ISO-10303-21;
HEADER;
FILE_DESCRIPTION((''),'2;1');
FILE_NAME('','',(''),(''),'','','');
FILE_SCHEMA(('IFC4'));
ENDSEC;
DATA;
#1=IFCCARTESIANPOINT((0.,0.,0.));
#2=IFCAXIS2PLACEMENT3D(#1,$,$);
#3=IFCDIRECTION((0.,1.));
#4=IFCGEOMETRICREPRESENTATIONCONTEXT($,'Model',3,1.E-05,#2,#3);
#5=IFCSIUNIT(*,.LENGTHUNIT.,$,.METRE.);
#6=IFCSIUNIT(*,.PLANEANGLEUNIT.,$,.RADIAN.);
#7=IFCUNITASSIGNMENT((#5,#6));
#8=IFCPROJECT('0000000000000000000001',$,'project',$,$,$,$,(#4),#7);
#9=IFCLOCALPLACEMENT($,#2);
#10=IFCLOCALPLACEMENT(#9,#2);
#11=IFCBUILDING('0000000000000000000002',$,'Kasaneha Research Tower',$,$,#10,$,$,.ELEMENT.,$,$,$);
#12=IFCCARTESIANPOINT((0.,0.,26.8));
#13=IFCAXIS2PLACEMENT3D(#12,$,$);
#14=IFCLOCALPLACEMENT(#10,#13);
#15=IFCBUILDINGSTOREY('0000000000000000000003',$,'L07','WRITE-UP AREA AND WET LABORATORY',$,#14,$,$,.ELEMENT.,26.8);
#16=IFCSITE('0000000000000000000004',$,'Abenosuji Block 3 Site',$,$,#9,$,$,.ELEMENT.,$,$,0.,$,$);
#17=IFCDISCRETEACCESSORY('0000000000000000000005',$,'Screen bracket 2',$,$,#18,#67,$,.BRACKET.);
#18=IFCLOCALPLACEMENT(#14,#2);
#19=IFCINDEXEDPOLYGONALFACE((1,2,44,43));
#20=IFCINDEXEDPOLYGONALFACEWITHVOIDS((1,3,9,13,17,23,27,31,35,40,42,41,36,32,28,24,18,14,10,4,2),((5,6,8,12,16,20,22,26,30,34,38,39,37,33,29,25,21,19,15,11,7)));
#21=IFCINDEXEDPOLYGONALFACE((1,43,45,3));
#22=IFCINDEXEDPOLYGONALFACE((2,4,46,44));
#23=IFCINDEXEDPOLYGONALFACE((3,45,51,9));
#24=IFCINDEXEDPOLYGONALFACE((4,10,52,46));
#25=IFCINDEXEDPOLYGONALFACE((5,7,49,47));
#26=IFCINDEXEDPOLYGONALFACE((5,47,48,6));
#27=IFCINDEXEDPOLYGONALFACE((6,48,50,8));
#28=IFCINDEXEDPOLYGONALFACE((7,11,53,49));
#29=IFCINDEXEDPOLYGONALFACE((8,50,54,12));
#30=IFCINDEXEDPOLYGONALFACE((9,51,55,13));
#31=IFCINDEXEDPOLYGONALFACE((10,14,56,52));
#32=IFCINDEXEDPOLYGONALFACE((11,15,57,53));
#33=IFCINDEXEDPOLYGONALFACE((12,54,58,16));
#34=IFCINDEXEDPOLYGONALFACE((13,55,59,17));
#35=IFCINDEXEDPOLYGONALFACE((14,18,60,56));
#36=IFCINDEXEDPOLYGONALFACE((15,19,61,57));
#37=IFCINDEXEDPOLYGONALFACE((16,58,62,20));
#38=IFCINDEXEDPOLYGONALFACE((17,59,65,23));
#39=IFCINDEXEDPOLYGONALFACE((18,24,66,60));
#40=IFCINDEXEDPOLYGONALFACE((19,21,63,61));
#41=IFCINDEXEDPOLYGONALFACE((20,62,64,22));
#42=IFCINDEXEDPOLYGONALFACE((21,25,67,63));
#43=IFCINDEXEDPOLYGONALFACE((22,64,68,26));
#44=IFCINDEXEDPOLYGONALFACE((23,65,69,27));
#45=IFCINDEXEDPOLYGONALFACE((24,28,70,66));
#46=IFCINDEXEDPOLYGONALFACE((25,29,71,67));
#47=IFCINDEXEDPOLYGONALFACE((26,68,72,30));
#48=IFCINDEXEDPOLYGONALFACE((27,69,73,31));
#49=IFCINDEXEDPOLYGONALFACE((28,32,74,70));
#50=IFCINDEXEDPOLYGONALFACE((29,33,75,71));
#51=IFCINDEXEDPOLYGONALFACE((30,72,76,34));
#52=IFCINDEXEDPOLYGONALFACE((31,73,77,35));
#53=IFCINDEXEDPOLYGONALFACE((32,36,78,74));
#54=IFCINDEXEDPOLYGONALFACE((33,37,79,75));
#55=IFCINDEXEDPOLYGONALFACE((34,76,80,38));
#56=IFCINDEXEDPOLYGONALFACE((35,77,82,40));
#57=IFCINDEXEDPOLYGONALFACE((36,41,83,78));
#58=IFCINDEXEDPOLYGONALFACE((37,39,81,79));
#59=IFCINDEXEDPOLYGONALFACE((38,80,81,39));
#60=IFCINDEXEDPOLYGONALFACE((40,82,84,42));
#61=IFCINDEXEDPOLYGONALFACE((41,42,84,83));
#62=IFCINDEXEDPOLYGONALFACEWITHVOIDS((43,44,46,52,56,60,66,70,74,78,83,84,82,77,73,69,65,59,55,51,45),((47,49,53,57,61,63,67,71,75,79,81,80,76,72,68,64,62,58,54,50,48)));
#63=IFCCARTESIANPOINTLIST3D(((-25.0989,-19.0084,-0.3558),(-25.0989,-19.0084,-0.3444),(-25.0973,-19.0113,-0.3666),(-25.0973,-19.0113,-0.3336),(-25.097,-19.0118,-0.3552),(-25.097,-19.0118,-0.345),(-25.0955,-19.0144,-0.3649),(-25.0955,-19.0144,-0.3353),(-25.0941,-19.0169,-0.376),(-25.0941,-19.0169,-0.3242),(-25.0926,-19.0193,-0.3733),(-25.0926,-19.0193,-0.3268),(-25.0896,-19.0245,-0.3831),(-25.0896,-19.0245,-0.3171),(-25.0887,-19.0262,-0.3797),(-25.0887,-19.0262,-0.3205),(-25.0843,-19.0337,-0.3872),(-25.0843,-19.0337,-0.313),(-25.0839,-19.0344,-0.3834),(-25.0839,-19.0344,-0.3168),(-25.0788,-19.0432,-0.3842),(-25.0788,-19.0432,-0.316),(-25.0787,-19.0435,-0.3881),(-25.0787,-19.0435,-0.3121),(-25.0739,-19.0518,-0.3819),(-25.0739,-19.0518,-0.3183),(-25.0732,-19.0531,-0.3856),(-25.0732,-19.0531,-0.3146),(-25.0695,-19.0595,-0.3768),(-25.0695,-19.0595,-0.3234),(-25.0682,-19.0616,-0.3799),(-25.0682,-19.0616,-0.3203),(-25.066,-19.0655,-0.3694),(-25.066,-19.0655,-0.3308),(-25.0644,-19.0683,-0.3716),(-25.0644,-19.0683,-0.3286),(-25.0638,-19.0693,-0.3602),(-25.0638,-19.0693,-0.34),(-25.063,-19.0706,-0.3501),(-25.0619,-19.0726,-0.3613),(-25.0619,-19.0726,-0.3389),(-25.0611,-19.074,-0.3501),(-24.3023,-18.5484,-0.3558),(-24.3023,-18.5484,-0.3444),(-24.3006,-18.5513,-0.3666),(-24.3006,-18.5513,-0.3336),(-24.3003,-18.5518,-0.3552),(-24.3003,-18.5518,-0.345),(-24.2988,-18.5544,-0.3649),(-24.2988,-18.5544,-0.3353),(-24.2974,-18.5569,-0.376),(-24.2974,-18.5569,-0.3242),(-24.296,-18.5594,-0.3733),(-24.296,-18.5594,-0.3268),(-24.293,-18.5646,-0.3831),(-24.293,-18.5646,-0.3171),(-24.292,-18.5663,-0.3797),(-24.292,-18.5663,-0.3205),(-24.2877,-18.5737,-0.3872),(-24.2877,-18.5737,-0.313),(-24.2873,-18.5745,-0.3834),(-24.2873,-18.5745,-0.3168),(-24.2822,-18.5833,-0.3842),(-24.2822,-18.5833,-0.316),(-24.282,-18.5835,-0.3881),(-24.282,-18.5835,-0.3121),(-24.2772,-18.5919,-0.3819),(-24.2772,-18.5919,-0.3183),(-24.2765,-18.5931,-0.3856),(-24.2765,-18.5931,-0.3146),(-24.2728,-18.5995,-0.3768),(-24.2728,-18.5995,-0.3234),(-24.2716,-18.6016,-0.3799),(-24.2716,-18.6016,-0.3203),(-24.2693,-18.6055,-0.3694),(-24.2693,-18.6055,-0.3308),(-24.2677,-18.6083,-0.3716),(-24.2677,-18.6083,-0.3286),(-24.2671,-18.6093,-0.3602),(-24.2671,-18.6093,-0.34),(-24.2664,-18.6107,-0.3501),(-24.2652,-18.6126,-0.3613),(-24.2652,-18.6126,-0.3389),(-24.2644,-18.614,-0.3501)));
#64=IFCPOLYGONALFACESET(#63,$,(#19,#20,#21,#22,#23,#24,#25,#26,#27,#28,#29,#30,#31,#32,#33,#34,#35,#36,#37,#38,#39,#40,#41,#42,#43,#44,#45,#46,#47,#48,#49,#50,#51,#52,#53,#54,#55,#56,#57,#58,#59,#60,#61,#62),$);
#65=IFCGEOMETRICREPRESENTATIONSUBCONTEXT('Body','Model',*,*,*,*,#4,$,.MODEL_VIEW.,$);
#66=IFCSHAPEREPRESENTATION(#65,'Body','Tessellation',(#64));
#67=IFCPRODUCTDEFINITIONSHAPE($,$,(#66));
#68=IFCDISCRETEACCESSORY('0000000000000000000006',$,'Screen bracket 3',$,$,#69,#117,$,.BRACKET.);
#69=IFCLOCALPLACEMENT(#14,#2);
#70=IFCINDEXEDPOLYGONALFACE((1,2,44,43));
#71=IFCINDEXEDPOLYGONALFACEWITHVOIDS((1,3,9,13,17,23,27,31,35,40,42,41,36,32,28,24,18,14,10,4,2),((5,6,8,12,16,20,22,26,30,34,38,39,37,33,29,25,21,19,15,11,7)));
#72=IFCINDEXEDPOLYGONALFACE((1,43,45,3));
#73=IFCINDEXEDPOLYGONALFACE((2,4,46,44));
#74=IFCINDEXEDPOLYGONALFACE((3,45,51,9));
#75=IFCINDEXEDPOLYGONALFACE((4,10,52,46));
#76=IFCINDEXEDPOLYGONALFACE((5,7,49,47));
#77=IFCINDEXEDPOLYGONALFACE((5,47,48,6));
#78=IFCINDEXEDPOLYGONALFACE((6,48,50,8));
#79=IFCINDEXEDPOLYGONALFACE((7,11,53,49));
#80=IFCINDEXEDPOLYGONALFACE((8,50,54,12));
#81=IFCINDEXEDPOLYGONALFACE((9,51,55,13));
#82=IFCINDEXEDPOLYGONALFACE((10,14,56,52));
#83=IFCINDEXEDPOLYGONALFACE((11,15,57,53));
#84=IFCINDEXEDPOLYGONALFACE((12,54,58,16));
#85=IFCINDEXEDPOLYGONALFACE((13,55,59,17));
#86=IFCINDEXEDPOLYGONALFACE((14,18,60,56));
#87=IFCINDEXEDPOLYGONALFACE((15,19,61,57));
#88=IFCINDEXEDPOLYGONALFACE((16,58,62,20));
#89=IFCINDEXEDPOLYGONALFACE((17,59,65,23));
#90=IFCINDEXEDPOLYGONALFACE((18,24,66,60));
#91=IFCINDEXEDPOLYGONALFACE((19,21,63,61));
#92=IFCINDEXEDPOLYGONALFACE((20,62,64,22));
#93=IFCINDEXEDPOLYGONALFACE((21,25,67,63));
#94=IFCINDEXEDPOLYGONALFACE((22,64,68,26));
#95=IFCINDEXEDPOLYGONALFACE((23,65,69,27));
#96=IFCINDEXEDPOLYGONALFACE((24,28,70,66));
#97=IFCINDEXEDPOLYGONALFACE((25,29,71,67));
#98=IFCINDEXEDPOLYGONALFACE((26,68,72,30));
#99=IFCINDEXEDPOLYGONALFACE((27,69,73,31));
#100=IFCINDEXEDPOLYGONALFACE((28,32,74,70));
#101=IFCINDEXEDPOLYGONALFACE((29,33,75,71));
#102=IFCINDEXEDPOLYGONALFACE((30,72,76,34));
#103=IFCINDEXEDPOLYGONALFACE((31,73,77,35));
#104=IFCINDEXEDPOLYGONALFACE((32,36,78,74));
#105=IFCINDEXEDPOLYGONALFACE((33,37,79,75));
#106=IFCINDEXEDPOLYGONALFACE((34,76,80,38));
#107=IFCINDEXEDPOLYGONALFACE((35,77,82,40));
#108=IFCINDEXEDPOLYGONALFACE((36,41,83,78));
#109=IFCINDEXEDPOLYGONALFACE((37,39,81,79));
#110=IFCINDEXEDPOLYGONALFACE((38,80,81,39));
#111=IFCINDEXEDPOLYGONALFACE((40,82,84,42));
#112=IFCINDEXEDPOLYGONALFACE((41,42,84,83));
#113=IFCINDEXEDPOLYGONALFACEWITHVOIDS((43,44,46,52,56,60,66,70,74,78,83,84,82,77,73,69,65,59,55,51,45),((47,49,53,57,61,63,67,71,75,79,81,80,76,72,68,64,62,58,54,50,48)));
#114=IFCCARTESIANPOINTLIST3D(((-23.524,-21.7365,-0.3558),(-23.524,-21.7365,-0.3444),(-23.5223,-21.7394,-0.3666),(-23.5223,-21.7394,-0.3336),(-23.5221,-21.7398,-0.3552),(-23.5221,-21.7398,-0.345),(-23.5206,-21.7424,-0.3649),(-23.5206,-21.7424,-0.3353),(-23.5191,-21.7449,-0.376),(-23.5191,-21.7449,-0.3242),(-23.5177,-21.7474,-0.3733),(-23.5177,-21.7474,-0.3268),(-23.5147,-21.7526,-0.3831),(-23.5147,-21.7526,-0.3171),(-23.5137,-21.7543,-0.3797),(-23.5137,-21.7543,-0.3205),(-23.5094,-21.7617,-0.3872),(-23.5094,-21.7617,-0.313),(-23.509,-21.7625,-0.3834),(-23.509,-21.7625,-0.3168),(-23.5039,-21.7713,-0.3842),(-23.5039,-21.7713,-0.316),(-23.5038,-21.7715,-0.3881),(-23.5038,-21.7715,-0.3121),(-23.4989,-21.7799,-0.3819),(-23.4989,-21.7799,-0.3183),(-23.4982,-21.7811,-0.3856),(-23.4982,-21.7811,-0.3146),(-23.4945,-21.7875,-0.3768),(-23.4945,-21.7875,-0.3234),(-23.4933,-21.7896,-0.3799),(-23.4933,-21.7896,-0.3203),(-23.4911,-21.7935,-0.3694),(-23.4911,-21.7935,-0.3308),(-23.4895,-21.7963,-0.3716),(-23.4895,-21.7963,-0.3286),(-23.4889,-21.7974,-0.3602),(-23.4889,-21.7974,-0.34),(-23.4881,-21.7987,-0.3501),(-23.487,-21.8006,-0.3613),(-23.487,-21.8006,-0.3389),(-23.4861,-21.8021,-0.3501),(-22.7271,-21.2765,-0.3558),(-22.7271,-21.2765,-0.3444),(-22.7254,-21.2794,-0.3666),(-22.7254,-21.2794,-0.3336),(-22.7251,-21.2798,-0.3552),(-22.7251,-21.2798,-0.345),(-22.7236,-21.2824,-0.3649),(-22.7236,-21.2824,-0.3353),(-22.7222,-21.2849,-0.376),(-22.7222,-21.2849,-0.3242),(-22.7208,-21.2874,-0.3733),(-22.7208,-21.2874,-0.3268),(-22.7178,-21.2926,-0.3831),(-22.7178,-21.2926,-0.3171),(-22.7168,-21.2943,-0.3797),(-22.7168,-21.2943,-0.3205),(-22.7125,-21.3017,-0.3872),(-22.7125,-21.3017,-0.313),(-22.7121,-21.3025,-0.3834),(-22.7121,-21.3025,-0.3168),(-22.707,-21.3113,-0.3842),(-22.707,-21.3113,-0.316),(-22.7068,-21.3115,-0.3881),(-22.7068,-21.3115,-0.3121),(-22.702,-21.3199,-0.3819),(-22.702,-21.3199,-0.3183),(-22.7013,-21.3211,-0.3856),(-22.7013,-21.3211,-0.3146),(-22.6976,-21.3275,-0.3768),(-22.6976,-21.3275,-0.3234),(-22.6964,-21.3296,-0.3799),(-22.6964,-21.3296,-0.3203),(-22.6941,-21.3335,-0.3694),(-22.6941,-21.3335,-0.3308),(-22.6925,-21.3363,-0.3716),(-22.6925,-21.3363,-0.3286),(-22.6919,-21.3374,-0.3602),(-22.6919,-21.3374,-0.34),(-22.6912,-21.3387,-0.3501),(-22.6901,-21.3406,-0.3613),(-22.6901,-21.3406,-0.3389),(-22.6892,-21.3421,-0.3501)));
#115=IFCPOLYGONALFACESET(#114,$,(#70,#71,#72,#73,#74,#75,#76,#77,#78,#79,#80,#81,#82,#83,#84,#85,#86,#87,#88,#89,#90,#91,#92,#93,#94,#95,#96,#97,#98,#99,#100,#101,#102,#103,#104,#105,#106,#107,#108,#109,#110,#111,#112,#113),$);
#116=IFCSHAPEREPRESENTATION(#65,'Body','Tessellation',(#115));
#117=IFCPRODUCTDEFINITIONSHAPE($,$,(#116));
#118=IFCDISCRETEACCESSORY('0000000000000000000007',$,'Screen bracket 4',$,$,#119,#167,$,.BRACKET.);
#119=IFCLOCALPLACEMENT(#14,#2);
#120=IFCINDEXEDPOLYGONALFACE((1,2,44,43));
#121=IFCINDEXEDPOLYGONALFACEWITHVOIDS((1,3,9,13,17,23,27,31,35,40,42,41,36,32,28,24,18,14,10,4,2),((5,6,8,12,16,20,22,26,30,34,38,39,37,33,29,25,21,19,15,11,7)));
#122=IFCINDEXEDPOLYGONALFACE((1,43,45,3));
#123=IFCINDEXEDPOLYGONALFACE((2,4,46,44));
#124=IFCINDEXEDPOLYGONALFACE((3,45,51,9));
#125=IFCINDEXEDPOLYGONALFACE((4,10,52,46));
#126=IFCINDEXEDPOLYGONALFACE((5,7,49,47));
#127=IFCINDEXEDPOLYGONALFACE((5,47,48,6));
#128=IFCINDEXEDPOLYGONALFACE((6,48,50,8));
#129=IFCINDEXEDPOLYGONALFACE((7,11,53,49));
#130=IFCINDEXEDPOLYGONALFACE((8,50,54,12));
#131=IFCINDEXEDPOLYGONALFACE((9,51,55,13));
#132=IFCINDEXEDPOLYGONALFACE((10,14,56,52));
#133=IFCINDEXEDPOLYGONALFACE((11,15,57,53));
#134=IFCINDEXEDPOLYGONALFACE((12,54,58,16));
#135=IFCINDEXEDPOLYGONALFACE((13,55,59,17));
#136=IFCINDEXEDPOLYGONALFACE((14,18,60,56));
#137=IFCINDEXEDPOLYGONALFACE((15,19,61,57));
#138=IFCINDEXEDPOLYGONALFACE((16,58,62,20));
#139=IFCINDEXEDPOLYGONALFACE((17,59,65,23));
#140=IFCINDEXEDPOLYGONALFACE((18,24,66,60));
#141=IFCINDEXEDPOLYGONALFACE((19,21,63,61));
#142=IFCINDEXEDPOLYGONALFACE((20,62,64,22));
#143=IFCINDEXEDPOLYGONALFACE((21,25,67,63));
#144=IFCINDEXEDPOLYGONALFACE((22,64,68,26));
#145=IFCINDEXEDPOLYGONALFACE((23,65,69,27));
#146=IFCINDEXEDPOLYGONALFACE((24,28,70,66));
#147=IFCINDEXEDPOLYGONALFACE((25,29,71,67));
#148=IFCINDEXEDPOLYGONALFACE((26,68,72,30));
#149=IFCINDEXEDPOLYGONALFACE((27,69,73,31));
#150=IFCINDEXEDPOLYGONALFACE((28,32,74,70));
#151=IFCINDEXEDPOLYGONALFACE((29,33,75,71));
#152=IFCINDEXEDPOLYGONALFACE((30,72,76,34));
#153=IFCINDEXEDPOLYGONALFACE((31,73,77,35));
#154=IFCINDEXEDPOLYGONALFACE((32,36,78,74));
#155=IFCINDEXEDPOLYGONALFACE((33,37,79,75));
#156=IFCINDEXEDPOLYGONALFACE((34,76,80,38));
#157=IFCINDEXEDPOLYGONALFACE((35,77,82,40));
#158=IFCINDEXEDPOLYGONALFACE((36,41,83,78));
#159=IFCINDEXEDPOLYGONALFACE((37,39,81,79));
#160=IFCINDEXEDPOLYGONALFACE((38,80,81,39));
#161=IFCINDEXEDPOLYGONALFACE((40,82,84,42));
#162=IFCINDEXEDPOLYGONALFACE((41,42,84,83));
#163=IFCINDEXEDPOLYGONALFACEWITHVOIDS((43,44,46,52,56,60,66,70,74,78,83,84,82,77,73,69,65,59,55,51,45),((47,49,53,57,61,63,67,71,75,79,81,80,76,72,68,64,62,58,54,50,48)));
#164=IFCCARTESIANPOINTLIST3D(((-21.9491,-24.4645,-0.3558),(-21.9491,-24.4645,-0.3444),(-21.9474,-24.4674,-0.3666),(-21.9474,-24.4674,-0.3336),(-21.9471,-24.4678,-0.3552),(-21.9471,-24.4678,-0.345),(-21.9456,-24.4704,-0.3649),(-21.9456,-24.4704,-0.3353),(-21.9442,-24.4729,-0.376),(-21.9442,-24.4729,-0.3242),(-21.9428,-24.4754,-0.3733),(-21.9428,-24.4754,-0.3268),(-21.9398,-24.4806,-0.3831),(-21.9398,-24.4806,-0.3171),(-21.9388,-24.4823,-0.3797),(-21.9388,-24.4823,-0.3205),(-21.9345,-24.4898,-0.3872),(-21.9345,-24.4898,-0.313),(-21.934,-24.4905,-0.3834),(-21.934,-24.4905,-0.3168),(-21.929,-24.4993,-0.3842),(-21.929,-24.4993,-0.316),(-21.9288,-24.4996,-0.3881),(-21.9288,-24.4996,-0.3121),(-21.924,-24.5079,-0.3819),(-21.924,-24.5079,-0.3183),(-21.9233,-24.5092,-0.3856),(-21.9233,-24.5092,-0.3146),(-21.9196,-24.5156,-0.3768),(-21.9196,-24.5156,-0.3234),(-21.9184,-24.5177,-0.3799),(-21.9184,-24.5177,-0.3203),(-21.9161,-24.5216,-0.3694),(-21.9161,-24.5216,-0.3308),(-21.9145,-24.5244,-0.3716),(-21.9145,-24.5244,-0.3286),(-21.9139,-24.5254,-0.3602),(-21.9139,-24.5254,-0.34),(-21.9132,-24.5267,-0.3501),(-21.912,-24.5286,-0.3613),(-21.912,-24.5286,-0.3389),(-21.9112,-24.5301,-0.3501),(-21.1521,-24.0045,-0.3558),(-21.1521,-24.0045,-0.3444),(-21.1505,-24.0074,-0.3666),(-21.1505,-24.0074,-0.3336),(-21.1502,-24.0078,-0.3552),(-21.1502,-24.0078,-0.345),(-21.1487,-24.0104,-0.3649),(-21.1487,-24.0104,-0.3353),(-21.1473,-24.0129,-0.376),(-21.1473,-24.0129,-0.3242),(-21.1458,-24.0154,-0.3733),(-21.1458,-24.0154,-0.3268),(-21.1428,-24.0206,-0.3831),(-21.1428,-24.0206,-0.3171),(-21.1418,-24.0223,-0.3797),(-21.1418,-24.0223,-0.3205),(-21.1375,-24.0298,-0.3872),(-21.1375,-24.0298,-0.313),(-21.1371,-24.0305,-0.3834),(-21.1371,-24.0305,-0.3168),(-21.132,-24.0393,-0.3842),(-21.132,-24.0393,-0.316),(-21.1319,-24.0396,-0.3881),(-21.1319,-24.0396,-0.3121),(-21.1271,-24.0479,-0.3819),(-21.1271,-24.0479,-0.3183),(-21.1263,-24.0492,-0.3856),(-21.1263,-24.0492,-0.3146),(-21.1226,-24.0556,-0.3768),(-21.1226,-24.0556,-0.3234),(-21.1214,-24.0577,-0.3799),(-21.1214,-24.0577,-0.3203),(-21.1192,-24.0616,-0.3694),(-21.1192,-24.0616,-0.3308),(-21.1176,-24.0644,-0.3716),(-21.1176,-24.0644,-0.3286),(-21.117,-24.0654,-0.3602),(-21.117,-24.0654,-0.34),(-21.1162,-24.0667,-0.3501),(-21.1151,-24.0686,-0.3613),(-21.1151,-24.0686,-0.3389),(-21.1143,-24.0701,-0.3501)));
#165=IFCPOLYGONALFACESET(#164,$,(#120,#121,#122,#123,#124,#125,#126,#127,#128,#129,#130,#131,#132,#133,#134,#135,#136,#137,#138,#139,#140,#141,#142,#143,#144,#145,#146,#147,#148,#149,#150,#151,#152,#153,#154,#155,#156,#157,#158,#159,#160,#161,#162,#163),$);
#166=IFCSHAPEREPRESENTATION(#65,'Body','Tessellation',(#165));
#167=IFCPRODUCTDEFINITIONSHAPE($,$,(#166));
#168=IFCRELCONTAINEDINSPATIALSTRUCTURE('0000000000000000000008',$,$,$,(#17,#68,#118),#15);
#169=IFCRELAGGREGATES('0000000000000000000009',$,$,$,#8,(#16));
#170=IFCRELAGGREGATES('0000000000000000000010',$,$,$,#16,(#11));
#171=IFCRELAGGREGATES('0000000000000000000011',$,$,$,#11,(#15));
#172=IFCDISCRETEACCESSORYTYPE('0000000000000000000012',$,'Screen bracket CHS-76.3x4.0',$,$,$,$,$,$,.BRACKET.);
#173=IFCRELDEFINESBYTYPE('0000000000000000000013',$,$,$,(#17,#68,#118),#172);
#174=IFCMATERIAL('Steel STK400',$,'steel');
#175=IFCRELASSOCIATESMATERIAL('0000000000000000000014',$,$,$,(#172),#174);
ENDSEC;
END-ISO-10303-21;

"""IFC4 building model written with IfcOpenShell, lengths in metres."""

from ifc_helpers import new_model, si_unit, direction, frame, origin, origin_2d, place, context, subcontext, project, spatial, hollow_circle, extrude, material, material_profile, profile_set, type_object, element, save


model = new_model("IFC4")

# Units and contexts
model_context = context("Model", 3, precision=1e-05, world=origin(), true_north=direction((0.0, 1.0)))
body_context = subcontext(model_context, "Body", "Model", "MODEL_VIEW")
ifc_project = project(units=[si_unit("LENGTHUNIT", "METRE"), si_unit("PLANEANGLEUNIT", "RADIAN")], contexts=[model_context])

# Site, building, storey
site_placement = place(None, origin())
site = spatial("IfcSite", under=ifc_project, at=site_placement, Name="Abenosuji Block 3 Site", CompositionType="ELEMENT", RefElevation=0.0)
building_placement = place(site_placement, origin())
building = spatial("IfcBuilding", under=site, at=building_placement, Name="Kasaneha Research Tower", CompositionType="ELEMENT")
storey_placement = place(building_placement, frame((0.0, 0.0, 26.8)))
storey = spatial("IfcBuildingStorey", under=building, at=storey_placement, Name="L07", Description="WRITE-UP AREA AND WET LABORATORY", CompositionType="ELEMENT", Elevation=26.8)

# Discrete accessories
ifc_material_1 = material(Name="Steel STK400", Category="steel")
ifc_material_profile_1 = material_profile(ifc_material_1, hollow_circle(Radius=0.0381, WallThickness=0.0039, at=origin_2d()), Name="CHS-76.3x4.0")
ifc_profile_set_1 = profile_set([ifc_material_profile_1], Name="Steel STK400")
discrete_accessory_type = type_object("IfcDiscreteAccessoryType", Name="Screen bracket CHS-76.3x4.0", PredefinedType="BRACKET", material=ifc_profile_set_1)
for number, where, z_axis, x_axis, name in (
    (1, (-24.2834, -18.5811, -0.3501), (-0.866013, -0.500021, 0.0), (0.500021, -0.866013, 0.0), "Screen bracket 2"),
):
    element("IfcDiscreteAccessory", number, at=place(storey_placement, frame(where, z_axis=z_axis, x_axis=x_axis)), inside=storey, type_object=discrete_accessory_type, Name=name, PredefinedType="BRACKET", context=body_context, shape_type="SweptSolid", body=[
        extrude(hollow_circle(Radius=0.0381, WallThickness=0.0039, at=origin_2d()), origin(), (0.0, 0.0, 1.0), 0.9199),
    ])
for number, where, z_axis, x_axis, name in (
    (2, (-22.7083, -21.3091, -0.3501), (-0.86608, -0.499906, 0.0), (0.499906, -0.86608, 0.0), "Screen bracket 3"),
    (3, (-21.1333, -24.0371, -0.3501), (-0.86608, -0.499906, 0.0), (0.499906, -0.86608, 0.0), "Screen bracket 4"),
):
    element("IfcDiscreteAccessory", number, at=place(storey_placement, frame(where, z_axis=z_axis, x_axis=x_axis)), inside=storey, type_object=discrete_accessory_type, Name=name, PredefinedType="BRACKET", context=body_context, shape_type="SweptSolid", body=[
        extrude(hollow_circle(Radius=0.0381, WallThickness=0.0039, at=origin_2d()), origin(), (0.0, 0.0, 1.0), 0.9202),
    ])

save(model, "model.ifc")
